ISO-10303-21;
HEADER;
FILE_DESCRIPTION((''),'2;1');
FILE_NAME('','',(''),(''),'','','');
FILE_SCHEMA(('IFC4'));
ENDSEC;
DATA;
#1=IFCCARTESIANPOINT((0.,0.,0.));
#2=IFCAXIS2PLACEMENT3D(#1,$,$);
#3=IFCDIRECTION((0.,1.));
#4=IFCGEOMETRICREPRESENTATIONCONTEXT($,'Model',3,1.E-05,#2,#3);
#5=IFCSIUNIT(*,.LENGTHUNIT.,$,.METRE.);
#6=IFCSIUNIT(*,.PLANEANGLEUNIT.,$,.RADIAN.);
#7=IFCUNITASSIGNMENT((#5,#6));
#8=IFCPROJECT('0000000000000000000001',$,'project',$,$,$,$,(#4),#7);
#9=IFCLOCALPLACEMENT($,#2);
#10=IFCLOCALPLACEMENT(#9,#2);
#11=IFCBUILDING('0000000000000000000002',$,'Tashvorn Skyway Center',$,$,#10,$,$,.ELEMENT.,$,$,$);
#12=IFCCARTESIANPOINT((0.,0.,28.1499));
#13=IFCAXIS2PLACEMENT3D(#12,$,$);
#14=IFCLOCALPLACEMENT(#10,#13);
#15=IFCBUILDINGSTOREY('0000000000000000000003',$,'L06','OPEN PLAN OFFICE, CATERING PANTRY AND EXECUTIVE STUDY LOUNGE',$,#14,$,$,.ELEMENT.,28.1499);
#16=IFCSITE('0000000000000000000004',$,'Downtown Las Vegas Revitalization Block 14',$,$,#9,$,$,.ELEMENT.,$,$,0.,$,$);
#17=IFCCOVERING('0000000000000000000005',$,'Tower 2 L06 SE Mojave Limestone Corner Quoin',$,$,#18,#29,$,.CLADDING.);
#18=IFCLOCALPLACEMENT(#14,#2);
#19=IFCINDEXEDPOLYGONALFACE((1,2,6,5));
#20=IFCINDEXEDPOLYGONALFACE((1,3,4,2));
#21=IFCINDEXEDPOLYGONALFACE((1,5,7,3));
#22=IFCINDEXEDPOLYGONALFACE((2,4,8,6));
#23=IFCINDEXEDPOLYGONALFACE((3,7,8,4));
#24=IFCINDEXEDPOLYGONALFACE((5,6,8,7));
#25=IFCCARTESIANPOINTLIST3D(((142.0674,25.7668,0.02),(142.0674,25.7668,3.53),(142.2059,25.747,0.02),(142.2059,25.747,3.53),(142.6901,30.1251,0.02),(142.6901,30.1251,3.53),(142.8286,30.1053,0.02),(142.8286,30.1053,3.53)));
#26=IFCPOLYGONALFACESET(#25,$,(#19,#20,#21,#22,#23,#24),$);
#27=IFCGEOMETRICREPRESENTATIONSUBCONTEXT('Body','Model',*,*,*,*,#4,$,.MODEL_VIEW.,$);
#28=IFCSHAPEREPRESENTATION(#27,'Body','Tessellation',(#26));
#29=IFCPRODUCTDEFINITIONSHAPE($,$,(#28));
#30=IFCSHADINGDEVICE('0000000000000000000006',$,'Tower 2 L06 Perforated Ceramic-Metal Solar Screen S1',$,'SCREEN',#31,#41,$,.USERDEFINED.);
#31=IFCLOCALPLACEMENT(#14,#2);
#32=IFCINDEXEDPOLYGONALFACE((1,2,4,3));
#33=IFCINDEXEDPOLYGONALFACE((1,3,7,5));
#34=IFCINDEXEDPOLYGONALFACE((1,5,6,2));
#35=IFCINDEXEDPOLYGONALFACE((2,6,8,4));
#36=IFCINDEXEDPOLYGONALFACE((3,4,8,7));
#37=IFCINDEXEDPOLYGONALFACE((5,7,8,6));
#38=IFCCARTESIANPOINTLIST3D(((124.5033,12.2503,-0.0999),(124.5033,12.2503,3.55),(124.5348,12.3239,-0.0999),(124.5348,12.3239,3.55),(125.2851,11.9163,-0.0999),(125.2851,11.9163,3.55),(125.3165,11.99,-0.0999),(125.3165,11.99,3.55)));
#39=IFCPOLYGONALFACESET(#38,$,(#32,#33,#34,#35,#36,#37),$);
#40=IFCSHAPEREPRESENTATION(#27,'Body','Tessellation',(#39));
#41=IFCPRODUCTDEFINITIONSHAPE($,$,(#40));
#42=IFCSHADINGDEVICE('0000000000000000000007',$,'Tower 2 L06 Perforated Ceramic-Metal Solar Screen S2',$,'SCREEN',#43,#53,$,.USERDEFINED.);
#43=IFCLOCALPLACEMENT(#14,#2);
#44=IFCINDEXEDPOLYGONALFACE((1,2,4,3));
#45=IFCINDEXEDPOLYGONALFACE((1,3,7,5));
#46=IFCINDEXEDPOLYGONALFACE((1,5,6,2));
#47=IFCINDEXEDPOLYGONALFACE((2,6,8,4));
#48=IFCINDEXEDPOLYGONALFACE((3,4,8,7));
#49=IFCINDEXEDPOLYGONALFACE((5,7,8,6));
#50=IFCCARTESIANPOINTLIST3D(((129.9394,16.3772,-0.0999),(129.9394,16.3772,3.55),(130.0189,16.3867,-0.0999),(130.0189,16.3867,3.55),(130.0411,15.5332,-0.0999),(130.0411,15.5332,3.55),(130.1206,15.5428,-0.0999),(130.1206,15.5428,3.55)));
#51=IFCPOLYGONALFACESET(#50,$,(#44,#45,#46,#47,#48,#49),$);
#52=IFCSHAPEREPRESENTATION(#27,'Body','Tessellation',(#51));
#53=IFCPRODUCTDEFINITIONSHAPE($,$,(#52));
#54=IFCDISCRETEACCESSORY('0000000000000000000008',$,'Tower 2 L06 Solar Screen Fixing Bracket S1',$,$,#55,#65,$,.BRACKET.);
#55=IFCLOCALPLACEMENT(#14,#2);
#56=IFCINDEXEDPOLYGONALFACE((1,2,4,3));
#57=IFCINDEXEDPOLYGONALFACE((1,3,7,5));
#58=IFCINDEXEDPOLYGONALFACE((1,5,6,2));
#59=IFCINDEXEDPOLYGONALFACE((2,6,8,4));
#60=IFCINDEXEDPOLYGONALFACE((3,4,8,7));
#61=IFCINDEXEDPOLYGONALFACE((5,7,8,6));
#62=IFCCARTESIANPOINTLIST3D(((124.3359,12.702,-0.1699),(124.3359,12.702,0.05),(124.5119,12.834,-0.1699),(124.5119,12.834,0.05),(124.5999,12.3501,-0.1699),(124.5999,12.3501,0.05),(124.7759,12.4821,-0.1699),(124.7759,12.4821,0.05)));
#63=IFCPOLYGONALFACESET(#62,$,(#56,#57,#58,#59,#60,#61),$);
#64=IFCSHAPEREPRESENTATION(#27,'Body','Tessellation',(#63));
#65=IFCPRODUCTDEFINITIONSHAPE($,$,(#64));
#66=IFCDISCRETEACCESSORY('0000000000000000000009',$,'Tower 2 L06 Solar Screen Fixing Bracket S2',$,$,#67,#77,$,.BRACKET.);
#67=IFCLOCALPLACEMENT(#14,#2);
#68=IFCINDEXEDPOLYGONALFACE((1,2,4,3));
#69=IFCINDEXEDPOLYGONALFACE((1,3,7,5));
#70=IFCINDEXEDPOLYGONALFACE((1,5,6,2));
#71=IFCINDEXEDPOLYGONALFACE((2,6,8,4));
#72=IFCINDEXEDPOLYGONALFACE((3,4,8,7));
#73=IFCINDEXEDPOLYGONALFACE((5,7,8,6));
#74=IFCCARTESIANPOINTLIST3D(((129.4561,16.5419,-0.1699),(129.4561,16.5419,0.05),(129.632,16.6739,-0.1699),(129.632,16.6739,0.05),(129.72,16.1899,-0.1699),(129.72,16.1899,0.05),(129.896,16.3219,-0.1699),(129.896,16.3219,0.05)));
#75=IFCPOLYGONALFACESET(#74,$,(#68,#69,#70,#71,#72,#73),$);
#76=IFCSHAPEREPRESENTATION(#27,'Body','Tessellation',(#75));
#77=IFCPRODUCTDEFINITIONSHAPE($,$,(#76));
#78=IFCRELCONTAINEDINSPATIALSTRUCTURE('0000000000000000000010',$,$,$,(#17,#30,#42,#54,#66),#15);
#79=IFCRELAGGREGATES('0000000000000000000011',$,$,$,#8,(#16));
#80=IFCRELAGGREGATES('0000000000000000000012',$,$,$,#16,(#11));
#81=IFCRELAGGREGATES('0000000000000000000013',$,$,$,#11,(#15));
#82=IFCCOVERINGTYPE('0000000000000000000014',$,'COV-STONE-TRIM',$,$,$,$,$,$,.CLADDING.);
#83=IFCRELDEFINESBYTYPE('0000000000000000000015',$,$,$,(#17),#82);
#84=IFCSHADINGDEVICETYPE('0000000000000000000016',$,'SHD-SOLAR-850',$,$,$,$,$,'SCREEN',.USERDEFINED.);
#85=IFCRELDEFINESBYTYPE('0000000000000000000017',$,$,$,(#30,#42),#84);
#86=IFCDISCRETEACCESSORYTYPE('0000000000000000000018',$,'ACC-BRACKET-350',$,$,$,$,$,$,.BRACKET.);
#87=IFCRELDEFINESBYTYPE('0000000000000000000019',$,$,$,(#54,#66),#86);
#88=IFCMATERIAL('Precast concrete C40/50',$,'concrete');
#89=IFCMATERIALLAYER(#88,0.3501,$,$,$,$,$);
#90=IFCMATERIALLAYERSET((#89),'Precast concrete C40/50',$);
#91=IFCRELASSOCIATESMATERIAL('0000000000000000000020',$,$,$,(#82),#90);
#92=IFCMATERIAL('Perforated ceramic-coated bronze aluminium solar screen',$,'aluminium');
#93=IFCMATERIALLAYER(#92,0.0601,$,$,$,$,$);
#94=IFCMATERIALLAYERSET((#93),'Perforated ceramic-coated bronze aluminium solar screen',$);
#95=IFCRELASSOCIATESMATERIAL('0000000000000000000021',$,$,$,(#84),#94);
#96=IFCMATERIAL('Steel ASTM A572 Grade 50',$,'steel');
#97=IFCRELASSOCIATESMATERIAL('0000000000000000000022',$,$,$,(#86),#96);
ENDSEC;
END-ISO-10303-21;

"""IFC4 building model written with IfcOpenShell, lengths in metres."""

from ifc_helpers import new_model, si_unit, direction, frame, origin, origin_2d, place, context, subcontext, project, spatial, rectangle, extrude, material, layer, layer_set, type_object, element, save


model = new_model("IFC4")

# Units and contexts
model_context = context("Model", 3, precision=1e-05, world=origin(), true_north=direction((0.0, 1.0)))
body_context = subcontext(model_context, "Body", "Model", "MODEL_VIEW")
ifc_project = project(units=[si_unit("LENGTHUNIT", "METRE"), si_unit("PLANEANGLEUNIT", "RADIAN")], contexts=[model_context])

# Site, building, storey
site_placement = place(None, origin())
site = spatial("IfcSite", under=ifc_project, at=site_placement, Name="Downtown Las Vegas Revitalization Block 14", CompositionType="ELEMENT", RefElevation=0.0)
building_placement = place(site_placement, origin())
building = spatial("IfcBuilding", under=site, at=building_placement, Name="Tashvorn Skyway Center", CompositionType="ELEMENT")
storey_placement = place(building_placement, frame((0.0, 0.0, 28.1499)))
storey = spatial("IfcBuildingStorey", under=building, at=storey_placement, Name="L06", Description="OPEN PLAN OFFICE, CATERING PANTRY AND EXECUTIVE STUDY LOUNGE", CompositionType="ELEMENT", Elevation=28.1499)

# Shared definitions
ifc_material_1 = material(Name="Steel ASTM A572 Grade 50", Category="steel")

# Shared definitions
ifc_material_2 = material(Name="Precast concrete C40/50", Category="concrete")

# Covering
ifc_material_3 = material(Name="Perforated ceramic-coated bronze aluminium solar screen", Category="aluminium")
ifc_layer_1 = layer(ifc_material_2, 0.3501)
ifc_layer_set_1 = layer_set([ifc_layer_1], Name="Precast concrete C40/50")
covering_type_1 = type_object("IfcCoveringType", Name="COV-STONE-TRIM", PredefinedType="CLADDING", material=ifc_layer_set_1)
covering_1_placement = place(storey_placement, frame((142.448, 27.936, 0.02), z_axis=(0.0, 0.0, 1.0), x_axis=(0.141421, 0.989949, 0.0)))
element("IfcCovering", 1, at=covering_1_placement, inside=storey, type_object=covering_type_1, Name="Tower 2 L06 SE Mojave Limestone Corner Quoin", PredefinedType="CLADDING", context=body_context, shape_type="SweptSolid", body=[
    extrude(rectangle(XDim=4.4026, YDim=0.1399, at=origin_2d()), origin(), (0.0, 0.0, 1.0), 3.51),
])

# Shading devices
ifc_layer_2 = layer(ifc_material_3, 0.0601)
ifc_layer_set_2 = layer_set([ifc_layer_2], Name="Perforated ceramic-coated bronze aluminium solar screen")
shading_device_type = type_object("IfcShadingDeviceType", Name="SHD-SOLAR-850", ElementType="SCREEN", PredefinedType="USERDEFINED", material=ifc_layer_set_2)
for number, where, z_axis, x_axis, name in (
    (2, (124.9099, 12.1201, -0.0999), (0.0, 0.0, 1.0), (-0.39282, -0.919615, 0.0), "Tower 2 L06 Perforated Ceramic-Metal Solar Screen S1"),
    (3, (130.03, 15.96, -0.0999), (0.0, 0.0, 1.0), (-0.99282, -0.119615, 0.0), "Tower 2 L06 Perforated Ceramic-Metal Solar Screen S2"),
):
    element("IfcShadingDevice", number, at=place(storey_placement, frame(where, z_axis=z_axis, x_axis=x_axis)), inside=storey, type_object=shading_device_type, Name=name, ObjectType="SCREEN", PredefinedType="USERDEFINED", context=body_context, shape_type="SweptSolid", body=[
        extrude(rectangle(XDim=0.0801, YDim=0.8501, at=origin_2d()), origin(), (0.0, 0.0, 1.0), 3.6499),
    ])

# Discrete accessories
discrete_accessory_type = type_object("IfcDiscreteAccessoryType", Name="ACC-BRACKET-350", PredefinedType="BRACKET", material=ifc_material_1)
for number, where, z_axis, x_axis, name in (
    (4, (124.5559, 12.592, -0.1699), (0.0, 0.0, 1.0), (-0.8, -0.6, 0.0), "Tower 2 L06 Solar Screen Fixing Bracket S1"),
    (5, (129.676, 16.4319, -0.1699), (0.0, 0.0, 1.0), (-0.8, -0.6, 0.0), "Tower 2 L06 Solar Screen Fixing Bracket S2"),
):
    element("IfcDiscreteAccessory", number, at=place(storey_placement, frame(where, z_axis=z_axis, x_axis=x_axis)), inside=storey, type_object=discrete_accessory_type, Name=name, PredefinedType="BRACKET", context=body_context, shape_type="SweptSolid", body=[
        extrude(rectangle(XDim=0.22, YDim=0.4399, at=origin_2d()), origin(), (0.0, 0.0, 1.0), 0.22),
    ])

save(model, "model.ifc")
